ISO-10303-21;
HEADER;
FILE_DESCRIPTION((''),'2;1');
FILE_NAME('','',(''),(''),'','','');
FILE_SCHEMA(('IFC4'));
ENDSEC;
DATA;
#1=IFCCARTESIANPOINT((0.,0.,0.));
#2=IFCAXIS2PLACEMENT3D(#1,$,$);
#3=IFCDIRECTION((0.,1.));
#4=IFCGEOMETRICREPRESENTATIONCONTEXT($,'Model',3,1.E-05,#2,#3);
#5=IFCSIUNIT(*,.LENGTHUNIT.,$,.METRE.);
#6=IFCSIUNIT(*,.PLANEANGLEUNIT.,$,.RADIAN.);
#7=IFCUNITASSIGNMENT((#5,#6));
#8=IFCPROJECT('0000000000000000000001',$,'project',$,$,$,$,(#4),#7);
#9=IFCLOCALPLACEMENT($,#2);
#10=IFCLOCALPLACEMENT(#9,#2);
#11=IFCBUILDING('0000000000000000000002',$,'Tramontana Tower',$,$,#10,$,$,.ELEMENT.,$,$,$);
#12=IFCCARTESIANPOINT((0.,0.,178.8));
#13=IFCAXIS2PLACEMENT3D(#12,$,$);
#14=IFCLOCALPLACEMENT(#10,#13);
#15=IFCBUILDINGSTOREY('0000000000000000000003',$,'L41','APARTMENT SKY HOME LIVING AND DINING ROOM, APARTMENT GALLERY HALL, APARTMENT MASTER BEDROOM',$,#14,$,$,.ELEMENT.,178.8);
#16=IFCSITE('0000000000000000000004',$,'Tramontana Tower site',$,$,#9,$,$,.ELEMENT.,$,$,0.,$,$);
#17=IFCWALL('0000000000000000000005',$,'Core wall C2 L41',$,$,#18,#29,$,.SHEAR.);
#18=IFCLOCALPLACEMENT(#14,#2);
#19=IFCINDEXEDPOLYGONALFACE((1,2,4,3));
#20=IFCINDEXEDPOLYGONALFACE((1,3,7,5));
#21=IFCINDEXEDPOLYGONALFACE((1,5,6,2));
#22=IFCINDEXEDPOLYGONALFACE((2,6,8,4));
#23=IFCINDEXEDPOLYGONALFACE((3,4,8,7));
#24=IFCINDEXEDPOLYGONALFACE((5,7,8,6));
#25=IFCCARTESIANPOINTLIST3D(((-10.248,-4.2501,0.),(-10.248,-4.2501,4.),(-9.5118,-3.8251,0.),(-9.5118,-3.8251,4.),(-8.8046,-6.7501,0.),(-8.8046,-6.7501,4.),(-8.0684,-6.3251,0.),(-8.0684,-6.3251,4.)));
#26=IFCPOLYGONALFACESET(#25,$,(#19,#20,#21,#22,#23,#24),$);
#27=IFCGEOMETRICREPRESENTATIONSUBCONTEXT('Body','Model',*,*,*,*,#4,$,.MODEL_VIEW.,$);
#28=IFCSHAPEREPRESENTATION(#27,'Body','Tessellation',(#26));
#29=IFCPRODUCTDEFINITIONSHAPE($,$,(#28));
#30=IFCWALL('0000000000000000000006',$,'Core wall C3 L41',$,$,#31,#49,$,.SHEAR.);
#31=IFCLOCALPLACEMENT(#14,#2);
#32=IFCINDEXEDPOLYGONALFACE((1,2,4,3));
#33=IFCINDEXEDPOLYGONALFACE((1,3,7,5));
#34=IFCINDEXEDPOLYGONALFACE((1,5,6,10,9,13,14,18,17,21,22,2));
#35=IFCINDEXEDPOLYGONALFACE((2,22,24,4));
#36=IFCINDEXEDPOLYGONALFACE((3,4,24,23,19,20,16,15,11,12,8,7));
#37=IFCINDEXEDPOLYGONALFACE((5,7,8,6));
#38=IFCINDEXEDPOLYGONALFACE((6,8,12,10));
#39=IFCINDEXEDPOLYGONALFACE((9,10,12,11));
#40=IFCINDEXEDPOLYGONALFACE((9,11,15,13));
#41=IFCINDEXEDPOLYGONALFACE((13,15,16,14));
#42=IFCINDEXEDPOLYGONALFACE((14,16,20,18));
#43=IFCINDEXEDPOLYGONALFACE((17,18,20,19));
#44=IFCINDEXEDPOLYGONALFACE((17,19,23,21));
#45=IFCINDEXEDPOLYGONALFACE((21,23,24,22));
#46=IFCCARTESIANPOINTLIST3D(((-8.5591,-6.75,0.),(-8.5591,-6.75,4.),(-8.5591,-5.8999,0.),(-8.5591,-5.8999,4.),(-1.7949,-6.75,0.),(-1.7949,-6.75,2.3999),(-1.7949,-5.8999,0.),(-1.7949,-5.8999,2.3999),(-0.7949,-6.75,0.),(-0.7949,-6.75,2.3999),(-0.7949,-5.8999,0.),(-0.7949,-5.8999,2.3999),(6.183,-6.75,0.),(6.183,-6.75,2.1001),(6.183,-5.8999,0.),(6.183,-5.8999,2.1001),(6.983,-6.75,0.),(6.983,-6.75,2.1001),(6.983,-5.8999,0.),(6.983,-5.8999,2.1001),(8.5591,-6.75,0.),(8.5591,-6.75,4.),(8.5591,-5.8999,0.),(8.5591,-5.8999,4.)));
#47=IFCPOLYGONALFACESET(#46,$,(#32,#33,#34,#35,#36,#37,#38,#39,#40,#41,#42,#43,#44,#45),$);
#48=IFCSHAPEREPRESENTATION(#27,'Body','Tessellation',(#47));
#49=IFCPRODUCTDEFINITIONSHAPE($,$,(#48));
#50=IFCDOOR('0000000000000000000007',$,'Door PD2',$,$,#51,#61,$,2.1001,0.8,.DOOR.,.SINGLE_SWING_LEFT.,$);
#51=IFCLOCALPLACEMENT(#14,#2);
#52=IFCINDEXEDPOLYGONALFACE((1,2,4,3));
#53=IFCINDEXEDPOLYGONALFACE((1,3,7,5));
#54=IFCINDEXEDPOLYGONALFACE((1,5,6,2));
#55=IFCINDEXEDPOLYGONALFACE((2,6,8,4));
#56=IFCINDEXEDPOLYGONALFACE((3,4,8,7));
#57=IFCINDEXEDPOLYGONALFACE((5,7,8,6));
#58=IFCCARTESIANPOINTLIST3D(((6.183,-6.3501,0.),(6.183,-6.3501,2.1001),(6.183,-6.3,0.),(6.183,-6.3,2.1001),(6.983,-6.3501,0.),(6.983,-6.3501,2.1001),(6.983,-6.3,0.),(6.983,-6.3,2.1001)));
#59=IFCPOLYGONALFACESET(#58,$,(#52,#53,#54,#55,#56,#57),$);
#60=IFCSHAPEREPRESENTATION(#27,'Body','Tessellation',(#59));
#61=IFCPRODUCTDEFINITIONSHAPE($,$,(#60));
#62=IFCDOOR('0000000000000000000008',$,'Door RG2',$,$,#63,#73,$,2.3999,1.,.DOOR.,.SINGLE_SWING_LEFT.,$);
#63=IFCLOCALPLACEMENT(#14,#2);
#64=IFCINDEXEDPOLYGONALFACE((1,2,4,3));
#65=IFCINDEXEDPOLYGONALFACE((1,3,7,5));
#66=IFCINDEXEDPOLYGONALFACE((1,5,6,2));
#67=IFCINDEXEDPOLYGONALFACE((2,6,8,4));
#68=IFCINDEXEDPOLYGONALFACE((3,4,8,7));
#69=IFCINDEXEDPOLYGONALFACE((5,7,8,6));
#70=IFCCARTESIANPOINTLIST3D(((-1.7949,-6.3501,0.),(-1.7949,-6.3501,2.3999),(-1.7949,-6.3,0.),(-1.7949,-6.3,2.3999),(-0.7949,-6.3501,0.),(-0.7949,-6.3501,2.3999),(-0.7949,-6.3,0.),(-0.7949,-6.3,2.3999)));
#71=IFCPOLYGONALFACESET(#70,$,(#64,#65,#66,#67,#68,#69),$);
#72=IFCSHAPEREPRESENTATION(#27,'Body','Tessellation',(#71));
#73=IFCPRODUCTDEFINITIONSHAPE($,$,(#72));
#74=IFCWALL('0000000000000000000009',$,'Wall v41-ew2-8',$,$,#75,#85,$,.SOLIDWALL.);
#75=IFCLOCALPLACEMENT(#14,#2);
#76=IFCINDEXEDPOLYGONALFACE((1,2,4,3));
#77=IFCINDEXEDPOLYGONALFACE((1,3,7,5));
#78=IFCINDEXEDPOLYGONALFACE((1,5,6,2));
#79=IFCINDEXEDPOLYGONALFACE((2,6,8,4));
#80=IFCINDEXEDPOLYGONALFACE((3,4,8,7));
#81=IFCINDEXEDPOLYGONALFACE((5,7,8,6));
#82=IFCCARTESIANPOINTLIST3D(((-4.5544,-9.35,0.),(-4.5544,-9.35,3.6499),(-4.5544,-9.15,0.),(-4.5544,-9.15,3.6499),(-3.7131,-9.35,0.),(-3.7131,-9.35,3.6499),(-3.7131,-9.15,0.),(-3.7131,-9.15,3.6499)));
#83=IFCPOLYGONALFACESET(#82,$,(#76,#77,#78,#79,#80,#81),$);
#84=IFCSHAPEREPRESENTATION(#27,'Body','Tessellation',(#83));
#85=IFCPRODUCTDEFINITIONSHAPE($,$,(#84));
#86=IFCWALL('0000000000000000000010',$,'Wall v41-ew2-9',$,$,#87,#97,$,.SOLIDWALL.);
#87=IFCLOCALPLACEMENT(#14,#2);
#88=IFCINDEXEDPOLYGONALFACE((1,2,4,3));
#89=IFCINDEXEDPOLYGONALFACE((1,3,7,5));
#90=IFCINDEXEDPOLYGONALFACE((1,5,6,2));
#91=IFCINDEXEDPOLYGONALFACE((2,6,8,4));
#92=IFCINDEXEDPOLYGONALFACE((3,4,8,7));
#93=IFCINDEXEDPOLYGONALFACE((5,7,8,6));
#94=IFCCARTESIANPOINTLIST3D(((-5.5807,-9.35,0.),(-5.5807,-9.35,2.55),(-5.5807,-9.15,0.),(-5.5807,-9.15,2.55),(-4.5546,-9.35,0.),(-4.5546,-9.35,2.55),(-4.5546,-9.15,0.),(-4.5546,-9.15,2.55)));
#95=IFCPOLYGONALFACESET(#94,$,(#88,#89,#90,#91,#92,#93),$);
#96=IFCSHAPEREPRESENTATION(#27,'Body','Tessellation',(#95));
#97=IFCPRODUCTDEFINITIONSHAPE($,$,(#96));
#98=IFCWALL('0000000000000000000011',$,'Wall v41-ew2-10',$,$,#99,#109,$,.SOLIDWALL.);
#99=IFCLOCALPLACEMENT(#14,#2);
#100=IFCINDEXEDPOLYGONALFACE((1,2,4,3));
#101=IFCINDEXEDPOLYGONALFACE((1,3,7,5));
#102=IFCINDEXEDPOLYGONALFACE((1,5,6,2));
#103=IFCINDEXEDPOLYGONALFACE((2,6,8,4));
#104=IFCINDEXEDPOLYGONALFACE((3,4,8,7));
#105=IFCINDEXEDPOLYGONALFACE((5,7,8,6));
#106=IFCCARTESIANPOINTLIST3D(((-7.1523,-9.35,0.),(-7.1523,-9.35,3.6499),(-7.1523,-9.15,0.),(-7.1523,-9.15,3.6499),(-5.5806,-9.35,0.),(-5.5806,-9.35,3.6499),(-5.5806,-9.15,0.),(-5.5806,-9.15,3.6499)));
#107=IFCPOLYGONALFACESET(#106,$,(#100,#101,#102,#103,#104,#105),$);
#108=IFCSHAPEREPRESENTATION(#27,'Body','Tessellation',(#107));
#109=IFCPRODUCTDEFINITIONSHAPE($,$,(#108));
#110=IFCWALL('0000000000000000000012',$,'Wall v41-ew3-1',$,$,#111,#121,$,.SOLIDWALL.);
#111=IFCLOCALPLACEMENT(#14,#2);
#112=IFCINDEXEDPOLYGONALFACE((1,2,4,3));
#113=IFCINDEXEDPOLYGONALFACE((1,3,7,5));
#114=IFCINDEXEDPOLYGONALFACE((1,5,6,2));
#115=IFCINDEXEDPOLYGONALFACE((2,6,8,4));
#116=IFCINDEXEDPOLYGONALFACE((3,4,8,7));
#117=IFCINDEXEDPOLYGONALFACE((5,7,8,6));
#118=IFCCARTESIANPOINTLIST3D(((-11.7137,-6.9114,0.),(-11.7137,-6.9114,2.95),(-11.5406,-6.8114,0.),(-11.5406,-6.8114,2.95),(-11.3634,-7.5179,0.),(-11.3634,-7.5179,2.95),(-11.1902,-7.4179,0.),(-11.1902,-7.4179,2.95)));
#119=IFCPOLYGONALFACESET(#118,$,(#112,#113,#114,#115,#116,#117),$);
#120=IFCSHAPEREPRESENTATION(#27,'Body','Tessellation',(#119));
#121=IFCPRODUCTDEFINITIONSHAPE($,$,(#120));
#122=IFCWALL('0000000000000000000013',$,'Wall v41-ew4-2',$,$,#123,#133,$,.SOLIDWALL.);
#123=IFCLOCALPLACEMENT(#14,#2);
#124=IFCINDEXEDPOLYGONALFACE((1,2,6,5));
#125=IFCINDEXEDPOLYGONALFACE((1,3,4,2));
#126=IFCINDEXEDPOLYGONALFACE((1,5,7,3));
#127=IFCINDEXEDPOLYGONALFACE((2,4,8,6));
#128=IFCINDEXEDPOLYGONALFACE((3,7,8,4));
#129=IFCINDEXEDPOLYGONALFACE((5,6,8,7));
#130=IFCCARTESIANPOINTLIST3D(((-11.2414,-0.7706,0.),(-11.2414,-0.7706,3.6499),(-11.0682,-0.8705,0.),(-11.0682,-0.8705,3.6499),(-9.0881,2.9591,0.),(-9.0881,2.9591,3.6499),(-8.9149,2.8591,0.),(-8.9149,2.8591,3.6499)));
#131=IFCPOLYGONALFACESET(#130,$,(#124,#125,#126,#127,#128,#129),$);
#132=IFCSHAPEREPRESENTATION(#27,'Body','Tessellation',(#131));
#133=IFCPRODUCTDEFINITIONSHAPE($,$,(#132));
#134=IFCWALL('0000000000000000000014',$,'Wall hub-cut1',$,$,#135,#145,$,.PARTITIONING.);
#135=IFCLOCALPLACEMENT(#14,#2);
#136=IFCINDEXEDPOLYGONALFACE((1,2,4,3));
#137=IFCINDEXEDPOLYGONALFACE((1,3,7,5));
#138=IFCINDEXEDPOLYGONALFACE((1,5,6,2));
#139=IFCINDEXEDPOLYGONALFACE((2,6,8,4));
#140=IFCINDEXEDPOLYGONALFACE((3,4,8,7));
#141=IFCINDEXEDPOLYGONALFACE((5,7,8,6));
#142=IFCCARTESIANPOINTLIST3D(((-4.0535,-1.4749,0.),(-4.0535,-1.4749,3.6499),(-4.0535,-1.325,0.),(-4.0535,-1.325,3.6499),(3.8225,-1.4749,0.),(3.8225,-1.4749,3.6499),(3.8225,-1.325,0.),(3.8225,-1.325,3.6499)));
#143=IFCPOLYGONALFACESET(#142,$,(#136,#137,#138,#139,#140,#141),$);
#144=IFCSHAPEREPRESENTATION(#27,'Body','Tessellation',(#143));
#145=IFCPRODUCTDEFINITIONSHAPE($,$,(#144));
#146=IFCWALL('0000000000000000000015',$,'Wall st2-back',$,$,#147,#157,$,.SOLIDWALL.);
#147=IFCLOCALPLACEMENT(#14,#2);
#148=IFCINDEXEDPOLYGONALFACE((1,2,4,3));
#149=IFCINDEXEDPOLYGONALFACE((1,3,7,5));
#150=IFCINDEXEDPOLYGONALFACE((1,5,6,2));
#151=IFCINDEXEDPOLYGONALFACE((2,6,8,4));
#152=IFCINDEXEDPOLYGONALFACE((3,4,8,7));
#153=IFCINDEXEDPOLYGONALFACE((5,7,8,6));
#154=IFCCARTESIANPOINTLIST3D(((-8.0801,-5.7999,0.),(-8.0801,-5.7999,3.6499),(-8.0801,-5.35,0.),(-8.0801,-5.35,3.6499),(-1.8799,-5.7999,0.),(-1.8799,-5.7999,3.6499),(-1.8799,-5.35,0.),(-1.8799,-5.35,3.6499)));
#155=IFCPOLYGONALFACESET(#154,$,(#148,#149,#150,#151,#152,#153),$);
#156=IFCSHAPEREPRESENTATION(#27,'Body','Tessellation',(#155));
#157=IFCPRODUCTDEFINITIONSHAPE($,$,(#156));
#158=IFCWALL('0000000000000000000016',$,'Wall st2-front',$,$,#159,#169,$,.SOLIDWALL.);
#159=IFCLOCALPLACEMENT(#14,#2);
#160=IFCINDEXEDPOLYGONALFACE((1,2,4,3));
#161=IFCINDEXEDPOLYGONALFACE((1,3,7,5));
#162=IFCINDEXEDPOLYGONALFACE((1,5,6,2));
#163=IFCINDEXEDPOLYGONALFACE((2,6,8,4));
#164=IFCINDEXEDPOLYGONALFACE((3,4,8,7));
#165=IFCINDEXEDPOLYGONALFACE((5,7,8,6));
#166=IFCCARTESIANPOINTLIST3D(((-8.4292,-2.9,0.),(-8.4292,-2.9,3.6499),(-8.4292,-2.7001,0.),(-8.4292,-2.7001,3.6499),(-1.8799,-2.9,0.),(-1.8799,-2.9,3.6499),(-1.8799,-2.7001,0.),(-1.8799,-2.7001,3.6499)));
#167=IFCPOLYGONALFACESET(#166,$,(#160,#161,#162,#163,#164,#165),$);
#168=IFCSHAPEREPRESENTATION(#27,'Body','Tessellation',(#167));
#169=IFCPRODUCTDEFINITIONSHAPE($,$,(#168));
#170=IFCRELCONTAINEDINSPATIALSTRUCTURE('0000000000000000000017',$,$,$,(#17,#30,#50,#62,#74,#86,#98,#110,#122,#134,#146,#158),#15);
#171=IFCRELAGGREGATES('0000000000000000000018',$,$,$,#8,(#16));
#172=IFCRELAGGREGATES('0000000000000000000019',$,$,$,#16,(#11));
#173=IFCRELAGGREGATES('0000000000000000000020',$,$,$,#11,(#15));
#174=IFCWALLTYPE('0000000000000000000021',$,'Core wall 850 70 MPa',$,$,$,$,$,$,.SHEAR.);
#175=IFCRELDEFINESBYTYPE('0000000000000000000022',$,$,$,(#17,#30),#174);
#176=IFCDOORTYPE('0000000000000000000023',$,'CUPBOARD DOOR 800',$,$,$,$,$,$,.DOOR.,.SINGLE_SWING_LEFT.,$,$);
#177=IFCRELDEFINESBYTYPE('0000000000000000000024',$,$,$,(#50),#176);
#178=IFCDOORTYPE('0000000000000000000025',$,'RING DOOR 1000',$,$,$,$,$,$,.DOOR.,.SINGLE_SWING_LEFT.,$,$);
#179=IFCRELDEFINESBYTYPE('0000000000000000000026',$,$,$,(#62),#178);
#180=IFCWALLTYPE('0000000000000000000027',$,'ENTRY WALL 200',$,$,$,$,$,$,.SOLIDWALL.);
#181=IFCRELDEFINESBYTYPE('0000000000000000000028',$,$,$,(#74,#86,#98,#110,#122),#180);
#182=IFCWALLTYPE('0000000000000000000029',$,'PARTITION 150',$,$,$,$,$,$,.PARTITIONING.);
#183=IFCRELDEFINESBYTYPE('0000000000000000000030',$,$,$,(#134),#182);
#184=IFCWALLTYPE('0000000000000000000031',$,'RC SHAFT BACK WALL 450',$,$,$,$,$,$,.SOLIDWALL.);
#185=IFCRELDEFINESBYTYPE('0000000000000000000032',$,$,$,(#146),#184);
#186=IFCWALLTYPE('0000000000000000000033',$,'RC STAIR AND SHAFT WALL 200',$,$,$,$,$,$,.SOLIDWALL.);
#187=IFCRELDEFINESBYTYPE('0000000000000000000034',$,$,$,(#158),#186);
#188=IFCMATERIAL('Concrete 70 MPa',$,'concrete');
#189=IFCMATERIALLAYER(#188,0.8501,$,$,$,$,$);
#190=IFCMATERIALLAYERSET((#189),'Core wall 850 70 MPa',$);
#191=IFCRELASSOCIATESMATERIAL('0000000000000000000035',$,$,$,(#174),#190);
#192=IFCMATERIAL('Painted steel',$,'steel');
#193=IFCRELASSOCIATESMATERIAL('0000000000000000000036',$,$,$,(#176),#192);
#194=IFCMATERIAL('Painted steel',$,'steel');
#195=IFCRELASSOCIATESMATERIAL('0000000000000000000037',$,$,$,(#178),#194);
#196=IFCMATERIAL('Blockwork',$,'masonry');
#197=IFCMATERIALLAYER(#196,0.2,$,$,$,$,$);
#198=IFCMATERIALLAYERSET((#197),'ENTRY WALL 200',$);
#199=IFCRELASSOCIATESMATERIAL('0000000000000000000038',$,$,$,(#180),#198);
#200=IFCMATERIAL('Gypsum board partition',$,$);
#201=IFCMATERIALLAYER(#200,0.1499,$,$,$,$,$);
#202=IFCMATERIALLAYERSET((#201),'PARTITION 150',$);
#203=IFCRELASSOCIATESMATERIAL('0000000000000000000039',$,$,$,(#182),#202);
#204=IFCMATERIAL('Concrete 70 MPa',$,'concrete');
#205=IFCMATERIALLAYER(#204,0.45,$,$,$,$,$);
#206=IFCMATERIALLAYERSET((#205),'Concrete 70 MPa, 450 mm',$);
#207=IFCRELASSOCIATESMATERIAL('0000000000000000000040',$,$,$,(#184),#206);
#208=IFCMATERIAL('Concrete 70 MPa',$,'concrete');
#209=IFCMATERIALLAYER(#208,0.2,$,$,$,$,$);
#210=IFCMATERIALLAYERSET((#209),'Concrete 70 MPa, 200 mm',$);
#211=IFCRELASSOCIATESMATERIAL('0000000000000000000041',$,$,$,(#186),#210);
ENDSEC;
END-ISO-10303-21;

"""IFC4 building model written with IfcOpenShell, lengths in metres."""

from ifc_helpers import new_model, si_unit, direction, frame, frame_2d, origin, place, context, subcontext, project, spatial, rectangle, extrude, material, layer, layer_set, type_object, element, fill, save


model = new_model("IFC4")

# Units and contexts
model_context = context("Model", 3, precision=1e-05, world=origin(), true_north=direction((0.0, 1.0)))
body_context = subcontext(model_context, "Body", "Model", "MODEL_VIEW")
ifc_project = project(units=[si_unit("LENGTHUNIT", "METRE"), si_unit("PLANEANGLEUNIT", "RADIAN")], contexts=[model_context])

# Site, building, storey
site_placement = place(None, origin())
site = spatial("IfcSite", under=ifc_project, at=site_placement, Name="Tramontana Tower site", CompositionType="ELEMENT", RefElevation=0.0)
building_placement = place(site_placement, origin())
building = spatial("IfcBuilding", under=site, at=building_placement, Name="Tramontana Tower", CompositionType="ELEMENT")
storey_placement = place(building_placement, frame((0.0, 0.0, 178.8)))
storey = spatial("IfcBuildingStorey", under=building, at=storey_placement, Name="L41", Description="APARTMENT SKY HOME LIVING AND DINING ROOM, APARTMENT GALLERY HALL, APARTMENT MASTER BEDROOM", CompositionType="ELEMENT", Elevation=178.8)

# Wall
ifc_material_1 = material(Name="Concrete 70 MPa", Category="concrete")
ifc_layer_1 = layer(ifc_material_1, 0.8501)
ifc_layer_set_1 = layer_set([ifc_layer_1], Name="Core wall 850 70 MPa")
wall_type_1 = type_object("IfcWallType", Name="Core wall 850 70 MPa", PredefinedType="SHEAR", material=ifc_layer_set_1)
wall_1_placement = place(storey_placement, frame((-9.8799, -4.0376, 0.0), z_axis=(0.0, 0.0, 1.0), x_axis=(0.499996, -0.866028, 0.0)))
element("IfcWall", 1, at=wall_1_placement, inside=storey, type_object=wall_type_1, Name="Core wall C2 L41", PredefinedType="SHEAR", context=body_context, shape_type="SweptSolid", body=[
    extrude(rectangle(XDim=2.8867, YDim=0.8501, at=frame_2d((1.4434, 0.0))), origin(), (0.0, 0.0, 1.0), 4.0),
])

# Wall, openings, doors
wall_2_placement = place(storey_placement, frame((-8.5591, -6.325, 0.0), z_axis=(0.0, 0.0, 1.0), x_axis=(1.0, 0.0, 0.0)))
wall_2 = element("IfcWall", 2, at=wall_2_placement, inside=storey, type_object=wall_type_1, Name="Core wall C3 L41", PredefinedType="SHEAR", context=body_context, shape_type="SweptSolid", body=[
    extrude(rectangle(XDim=17.1182, YDim=0.8501, at=frame_2d((8.5591, 0.0))), origin(), (0.0, 0.0, 1.0), 4.0),
])
opening_1_placement = place(wall_2_placement, frame((6.7642, 0.0, 0.0)))
opening_1 = element("IfcOpeningElement", 3, at=opening_1_placement, cuts=wall_2, PredefinedType="OPENING", context=body_context, shape_type="SweptSolid", body=[
    extrude(rectangle(XDim=1.0, YDim=2.3999, at=frame_2d((0.5, 1.2))), frame((0.0, 0.4351, 0.0), z_axis=(0.0, -1.0, 0.0), x_axis=(1.0, 0.0, 0.0)), (0.0, 0.0, 1.0), 0.8701),
])
opening_2_placement = place(wall_2_placement, frame((14.7422, 0.0, 0.0)))
opening_2 = element("IfcOpeningElement", 4, at=opening_2_placement, cuts=wall_2, PredefinedType="OPENING", context=body_context, shape_type="SweptSolid", body=[
    extrude(rectangle(XDim=0.8, YDim=2.1001, at=frame_2d((0.3999, 1.05))), frame((0.0, 0.4351, 0.0), z_axis=(0.0, -1.0, 0.0), x_axis=(1.0, 0.0, 0.0)), (0.0, 0.0, 1.0), 0.8701),
])
ifc_material_2 = material(Name="Painted steel", Category="steel")
door_type_1 = type_object("IfcDoorType", Name="CUPBOARD DOOR 800", OperationType="SINGLE_SWING_LEFT", PredefinedType="DOOR", material=ifc_material_2)
door_1_placement = place(opening_2_placement, origin())
door_1 = element("IfcDoor", 5, at=door_1_placement, inside=storey, type_object=door_type_1, Name="Door PD2", OperationType="SINGLE_SWING_LEFT", OverallHeight=2.1001, OverallWidth=0.8, PredefinedType="DOOR", context=body_context, shape_type="SweptSolid", body=[
    extrude(rectangle(XDim=0.8, YDim=2.1001, at=frame_2d((0.3999, 1.05))), frame((0.0, 0.0249, 0.0), z_axis=(0.0, -1.0, 0.0), x_axis=(1.0, 0.0, 0.0)), (0.0, 0.0, 1.0), 0.05),
])
fill(opening_2, door_1)
ifc_material_3 = material(Name="Painted steel", Category="steel")
door_type_2 = type_object("IfcDoorType", Name="RING DOOR 1000", OperationType="SINGLE_SWING_LEFT", PredefinedType="DOOR", material=ifc_material_3)
door_2_placement = place(opening_1_placement, origin())
door_2 = element("IfcDoor", 6, at=door_2_placement, inside=storey, type_object=door_type_2, Name="Door RG2", OperationType="SINGLE_SWING_LEFT", OverallHeight=2.3999, OverallWidth=1.0, PredefinedType="DOOR", context=body_context, shape_type="SweptSolid", body=[
    extrude(rectangle(XDim=1.0, YDim=2.3999, at=frame_2d((0.5, 1.2))), frame((0.0, 0.0249, 0.0), z_axis=(0.0, -1.0, 0.0), x_axis=(1.0, 0.0, 0.0)), (0.0, 0.0, 1.0), 0.05),
])
fill(opening_1, door_2)

# Walls
ifc_material_4 = material(Name="Blockwork", Category="masonry")
ifc_layer_2 = layer(ifc_material_4, 0.2)
ifc_layer_set_2 = layer_set([ifc_layer_2], Name="ENTRY WALL 200")
wall_type_2 = type_object("IfcWallType", Name="ENTRY WALL 200", PredefinedType="SOLIDWALL", material=ifc_layer_set_2)
wall_3_placement = place(storey_placement, frame((-3.7131, -9.25, 0.0), z_axis=(0.0, 0.0, 1.0), x_axis=(-1.0, 0.0, 0.0)))
element("IfcWall", 7, at=wall_3_placement, inside=storey, type_object=wall_type_2, Name="Wall v41-ew2-8", PredefinedType="SOLIDWALL", context=body_context, shape_type="SweptSolid", body=[
    extrude(rectangle(XDim=0.8413, YDim=0.2, at=frame_2d((0.4207, 0.0))), origin(), (0.0, 0.0, 1.0), 3.6499),
])
wall_4_placement = place(storey_placement, frame((-4.5544, -9.25, 0.0), z_axis=(0.0, 0.0, 1.0), x_axis=(-1.0, 0.0, 0.0)))
element("IfcWall", 8, at=wall_4_placement, inside=storey, type_object=wall_type_2, Name="Wall v41-ew2-9", PredefinedType="SOLIDWALL", context=body_context, shape_type="SweptSolid", body=[
    extrude(rectangle(XDim=1.0261, YDim=0.2, at=frame_2d((0.5132, 0.0))), origin(), (0.0, 0.0, 1.0), 2.55),
])
wall_5_placement = place(storey_placement, frame((-5.5806, -9.25, 0.0), z_axis=(0.0, 0.0, 1.0), x_axis=(-1.0, 0.0, 0.0)))
element("IfcWall", 9, at=wall_5_placement, inside=storey, type_object=wall_type_2, Name="Wall v41-ew2-10", PredefinedType="SOLIDWALL", context=body_context, shape_type="SweptSolid", body=[
    extrude(rectangle(XDim=1.5718, YDim=0.2, at=frame_2d((0.7859, 0.0))), origin(), (0.0, 0.0, 1.0), 3.6499),
])
wall_6_placement = place(storey_placement, frame((-11.2769, -7.4678, 0.0), z_axis=(0.0, 0.0, 1.0), x_axis=(-0.500225, 0.865895, 0.0)))
element("IfcWall", 10, at=wall_6_placement, inside=storey, type_object=wall_type_2, Name="Wall v41-ew3-1", PredefinedType="SOLIDWALL", context=body_context, shape_type="SweptSolid", body=[
    extrude(rectangle(XDim=0.7004, YDim=0.2, at=frame_2d((0.3501, 0.0))), origin(), (0.0, 0.0, 1.0), 2.95),
])
wall_7_placement = place(storey_placement, frame((-11.1548, -0.8206, 0.0), z_axis=(0.0, 0.0, 1.0), x_axis=(0.499992, 0.86603, 0.0)))
element("IfcWall", 11, at=wall_7_placement, inside=storey, type_object=wall_type_2, Name="Wall v41-ew4-2", PredefinedType="SOLIDWALL", context=body_context, shape_type="SweptSolid", body=[
    extrude(rectangle(XDim=4.3066, YDim=0.2, at=frame_2d((2.1533, 0.0))), origin(), (0.0, 0.0, 1.0), 3.6499),
])
ifc_material_5 = material(Name="Gypsum board partition")
ifc_layer_3 = layer(ifc_material_5, 0.1499)
ifc_layer_set_3 = layer_set([ifc_layer_3], Name="PARTITION 150")
wall_type_3 = type_object("IfcWallType", Name="PARTITION 150", PredefinedType="PARTITIONING", material=ifc_layer_set_3)
wall_8_placement = place(storey_placement, frame((-4.0535, -1.3999, 0.0), z_axis=(0.0, 0.0, 1.0), x_axis=(1.0, 0.0, 0.0)))
element("IfcWall", 12, at=wall_8_placement, inside=storey, type_object=wall_type_3, Name="Wall hub-cut1", PredefinedType="PARTITIONING", context=body_context, shape_type="SweptSolid", body=[
    extrude(rectangle(XDim=7.876, YDim=0.1499, at=frame_2d((3.938, 0.0))), origin(), (0.0, 0.0, 1.0), 3.6499),
])
ifc_material_6 = material(Name="Concrete 70 MPa", Category="concrete")
ifc_layer_4 = layer(ifc_material_6, 0.45)
ifc_layer_set_4 = layer_set([ifc_layer_4], Name="Concrete 70 MPa, 450 mm")
wall_type_4 = type_object("IfcWallType", Name="RC SHAFT BACK WALL 450", PredefinedType="SOLIDWALL", material=ifc_layer_set_4)
wall_9_placement = place(storey_placement, frame((-8.0801, -5.575, 0.0), z_axis=(0.0, 0.0, 1.0), x_axis=(1.0, 0.0, 0.0)))
element("IfcWall", 13, at=wall_9_placement, inside=storey, type_object=wall_type_4, Name="Wall st2-back", PredefinedType="SOLIDWALL", context=body_context, shape_type="SweptSolid", body=[
    extrude(rectangle(XDim=6.2002, YDim=0.45, at=frame_2d((3.1001, 0.0))), origin(), (0.0, 0.0, 1.0), 3.6499),
])
ifc_material_7 = material(Name="Concrete 70 MPa", Category="concrete")
ifc_layer_5 = layer(ifc_material_7, 0.2)
ifc_layer_set_5 = layer_set([ifc_layer_5], Name="Concrete 70 MPa, 200 mm")
wall_type_5 = type_object("IfcWallType", Name="RC STAIR AND SHAFT WALL 200", PredefinedType="SOLIDWALL", material=ifc_layer_set_5)
wall_10_placement = place(storey_placement, frame((-8.4292, -2.8, 0.0), z_axis=(0.0, 0.0, 1.0), x_axis=(1.0, 0.0, 0.0)))
element("IfcWall", 14, at=wall_10_placement, inside=storey, type_object=wall_type_5, Name="Wall st2-front", PredefinedType="SOLIDWALL", context=body_context, shape_type="SweptSolid", body=[
    extrude(rectangle(XDim=6.5493, YDim=0.2, at=frame_2d((3.2747, 0.0))), origin(), (0.0, 0.0, 1.0), 3.6499),
])

save(model, "model.ifc")
